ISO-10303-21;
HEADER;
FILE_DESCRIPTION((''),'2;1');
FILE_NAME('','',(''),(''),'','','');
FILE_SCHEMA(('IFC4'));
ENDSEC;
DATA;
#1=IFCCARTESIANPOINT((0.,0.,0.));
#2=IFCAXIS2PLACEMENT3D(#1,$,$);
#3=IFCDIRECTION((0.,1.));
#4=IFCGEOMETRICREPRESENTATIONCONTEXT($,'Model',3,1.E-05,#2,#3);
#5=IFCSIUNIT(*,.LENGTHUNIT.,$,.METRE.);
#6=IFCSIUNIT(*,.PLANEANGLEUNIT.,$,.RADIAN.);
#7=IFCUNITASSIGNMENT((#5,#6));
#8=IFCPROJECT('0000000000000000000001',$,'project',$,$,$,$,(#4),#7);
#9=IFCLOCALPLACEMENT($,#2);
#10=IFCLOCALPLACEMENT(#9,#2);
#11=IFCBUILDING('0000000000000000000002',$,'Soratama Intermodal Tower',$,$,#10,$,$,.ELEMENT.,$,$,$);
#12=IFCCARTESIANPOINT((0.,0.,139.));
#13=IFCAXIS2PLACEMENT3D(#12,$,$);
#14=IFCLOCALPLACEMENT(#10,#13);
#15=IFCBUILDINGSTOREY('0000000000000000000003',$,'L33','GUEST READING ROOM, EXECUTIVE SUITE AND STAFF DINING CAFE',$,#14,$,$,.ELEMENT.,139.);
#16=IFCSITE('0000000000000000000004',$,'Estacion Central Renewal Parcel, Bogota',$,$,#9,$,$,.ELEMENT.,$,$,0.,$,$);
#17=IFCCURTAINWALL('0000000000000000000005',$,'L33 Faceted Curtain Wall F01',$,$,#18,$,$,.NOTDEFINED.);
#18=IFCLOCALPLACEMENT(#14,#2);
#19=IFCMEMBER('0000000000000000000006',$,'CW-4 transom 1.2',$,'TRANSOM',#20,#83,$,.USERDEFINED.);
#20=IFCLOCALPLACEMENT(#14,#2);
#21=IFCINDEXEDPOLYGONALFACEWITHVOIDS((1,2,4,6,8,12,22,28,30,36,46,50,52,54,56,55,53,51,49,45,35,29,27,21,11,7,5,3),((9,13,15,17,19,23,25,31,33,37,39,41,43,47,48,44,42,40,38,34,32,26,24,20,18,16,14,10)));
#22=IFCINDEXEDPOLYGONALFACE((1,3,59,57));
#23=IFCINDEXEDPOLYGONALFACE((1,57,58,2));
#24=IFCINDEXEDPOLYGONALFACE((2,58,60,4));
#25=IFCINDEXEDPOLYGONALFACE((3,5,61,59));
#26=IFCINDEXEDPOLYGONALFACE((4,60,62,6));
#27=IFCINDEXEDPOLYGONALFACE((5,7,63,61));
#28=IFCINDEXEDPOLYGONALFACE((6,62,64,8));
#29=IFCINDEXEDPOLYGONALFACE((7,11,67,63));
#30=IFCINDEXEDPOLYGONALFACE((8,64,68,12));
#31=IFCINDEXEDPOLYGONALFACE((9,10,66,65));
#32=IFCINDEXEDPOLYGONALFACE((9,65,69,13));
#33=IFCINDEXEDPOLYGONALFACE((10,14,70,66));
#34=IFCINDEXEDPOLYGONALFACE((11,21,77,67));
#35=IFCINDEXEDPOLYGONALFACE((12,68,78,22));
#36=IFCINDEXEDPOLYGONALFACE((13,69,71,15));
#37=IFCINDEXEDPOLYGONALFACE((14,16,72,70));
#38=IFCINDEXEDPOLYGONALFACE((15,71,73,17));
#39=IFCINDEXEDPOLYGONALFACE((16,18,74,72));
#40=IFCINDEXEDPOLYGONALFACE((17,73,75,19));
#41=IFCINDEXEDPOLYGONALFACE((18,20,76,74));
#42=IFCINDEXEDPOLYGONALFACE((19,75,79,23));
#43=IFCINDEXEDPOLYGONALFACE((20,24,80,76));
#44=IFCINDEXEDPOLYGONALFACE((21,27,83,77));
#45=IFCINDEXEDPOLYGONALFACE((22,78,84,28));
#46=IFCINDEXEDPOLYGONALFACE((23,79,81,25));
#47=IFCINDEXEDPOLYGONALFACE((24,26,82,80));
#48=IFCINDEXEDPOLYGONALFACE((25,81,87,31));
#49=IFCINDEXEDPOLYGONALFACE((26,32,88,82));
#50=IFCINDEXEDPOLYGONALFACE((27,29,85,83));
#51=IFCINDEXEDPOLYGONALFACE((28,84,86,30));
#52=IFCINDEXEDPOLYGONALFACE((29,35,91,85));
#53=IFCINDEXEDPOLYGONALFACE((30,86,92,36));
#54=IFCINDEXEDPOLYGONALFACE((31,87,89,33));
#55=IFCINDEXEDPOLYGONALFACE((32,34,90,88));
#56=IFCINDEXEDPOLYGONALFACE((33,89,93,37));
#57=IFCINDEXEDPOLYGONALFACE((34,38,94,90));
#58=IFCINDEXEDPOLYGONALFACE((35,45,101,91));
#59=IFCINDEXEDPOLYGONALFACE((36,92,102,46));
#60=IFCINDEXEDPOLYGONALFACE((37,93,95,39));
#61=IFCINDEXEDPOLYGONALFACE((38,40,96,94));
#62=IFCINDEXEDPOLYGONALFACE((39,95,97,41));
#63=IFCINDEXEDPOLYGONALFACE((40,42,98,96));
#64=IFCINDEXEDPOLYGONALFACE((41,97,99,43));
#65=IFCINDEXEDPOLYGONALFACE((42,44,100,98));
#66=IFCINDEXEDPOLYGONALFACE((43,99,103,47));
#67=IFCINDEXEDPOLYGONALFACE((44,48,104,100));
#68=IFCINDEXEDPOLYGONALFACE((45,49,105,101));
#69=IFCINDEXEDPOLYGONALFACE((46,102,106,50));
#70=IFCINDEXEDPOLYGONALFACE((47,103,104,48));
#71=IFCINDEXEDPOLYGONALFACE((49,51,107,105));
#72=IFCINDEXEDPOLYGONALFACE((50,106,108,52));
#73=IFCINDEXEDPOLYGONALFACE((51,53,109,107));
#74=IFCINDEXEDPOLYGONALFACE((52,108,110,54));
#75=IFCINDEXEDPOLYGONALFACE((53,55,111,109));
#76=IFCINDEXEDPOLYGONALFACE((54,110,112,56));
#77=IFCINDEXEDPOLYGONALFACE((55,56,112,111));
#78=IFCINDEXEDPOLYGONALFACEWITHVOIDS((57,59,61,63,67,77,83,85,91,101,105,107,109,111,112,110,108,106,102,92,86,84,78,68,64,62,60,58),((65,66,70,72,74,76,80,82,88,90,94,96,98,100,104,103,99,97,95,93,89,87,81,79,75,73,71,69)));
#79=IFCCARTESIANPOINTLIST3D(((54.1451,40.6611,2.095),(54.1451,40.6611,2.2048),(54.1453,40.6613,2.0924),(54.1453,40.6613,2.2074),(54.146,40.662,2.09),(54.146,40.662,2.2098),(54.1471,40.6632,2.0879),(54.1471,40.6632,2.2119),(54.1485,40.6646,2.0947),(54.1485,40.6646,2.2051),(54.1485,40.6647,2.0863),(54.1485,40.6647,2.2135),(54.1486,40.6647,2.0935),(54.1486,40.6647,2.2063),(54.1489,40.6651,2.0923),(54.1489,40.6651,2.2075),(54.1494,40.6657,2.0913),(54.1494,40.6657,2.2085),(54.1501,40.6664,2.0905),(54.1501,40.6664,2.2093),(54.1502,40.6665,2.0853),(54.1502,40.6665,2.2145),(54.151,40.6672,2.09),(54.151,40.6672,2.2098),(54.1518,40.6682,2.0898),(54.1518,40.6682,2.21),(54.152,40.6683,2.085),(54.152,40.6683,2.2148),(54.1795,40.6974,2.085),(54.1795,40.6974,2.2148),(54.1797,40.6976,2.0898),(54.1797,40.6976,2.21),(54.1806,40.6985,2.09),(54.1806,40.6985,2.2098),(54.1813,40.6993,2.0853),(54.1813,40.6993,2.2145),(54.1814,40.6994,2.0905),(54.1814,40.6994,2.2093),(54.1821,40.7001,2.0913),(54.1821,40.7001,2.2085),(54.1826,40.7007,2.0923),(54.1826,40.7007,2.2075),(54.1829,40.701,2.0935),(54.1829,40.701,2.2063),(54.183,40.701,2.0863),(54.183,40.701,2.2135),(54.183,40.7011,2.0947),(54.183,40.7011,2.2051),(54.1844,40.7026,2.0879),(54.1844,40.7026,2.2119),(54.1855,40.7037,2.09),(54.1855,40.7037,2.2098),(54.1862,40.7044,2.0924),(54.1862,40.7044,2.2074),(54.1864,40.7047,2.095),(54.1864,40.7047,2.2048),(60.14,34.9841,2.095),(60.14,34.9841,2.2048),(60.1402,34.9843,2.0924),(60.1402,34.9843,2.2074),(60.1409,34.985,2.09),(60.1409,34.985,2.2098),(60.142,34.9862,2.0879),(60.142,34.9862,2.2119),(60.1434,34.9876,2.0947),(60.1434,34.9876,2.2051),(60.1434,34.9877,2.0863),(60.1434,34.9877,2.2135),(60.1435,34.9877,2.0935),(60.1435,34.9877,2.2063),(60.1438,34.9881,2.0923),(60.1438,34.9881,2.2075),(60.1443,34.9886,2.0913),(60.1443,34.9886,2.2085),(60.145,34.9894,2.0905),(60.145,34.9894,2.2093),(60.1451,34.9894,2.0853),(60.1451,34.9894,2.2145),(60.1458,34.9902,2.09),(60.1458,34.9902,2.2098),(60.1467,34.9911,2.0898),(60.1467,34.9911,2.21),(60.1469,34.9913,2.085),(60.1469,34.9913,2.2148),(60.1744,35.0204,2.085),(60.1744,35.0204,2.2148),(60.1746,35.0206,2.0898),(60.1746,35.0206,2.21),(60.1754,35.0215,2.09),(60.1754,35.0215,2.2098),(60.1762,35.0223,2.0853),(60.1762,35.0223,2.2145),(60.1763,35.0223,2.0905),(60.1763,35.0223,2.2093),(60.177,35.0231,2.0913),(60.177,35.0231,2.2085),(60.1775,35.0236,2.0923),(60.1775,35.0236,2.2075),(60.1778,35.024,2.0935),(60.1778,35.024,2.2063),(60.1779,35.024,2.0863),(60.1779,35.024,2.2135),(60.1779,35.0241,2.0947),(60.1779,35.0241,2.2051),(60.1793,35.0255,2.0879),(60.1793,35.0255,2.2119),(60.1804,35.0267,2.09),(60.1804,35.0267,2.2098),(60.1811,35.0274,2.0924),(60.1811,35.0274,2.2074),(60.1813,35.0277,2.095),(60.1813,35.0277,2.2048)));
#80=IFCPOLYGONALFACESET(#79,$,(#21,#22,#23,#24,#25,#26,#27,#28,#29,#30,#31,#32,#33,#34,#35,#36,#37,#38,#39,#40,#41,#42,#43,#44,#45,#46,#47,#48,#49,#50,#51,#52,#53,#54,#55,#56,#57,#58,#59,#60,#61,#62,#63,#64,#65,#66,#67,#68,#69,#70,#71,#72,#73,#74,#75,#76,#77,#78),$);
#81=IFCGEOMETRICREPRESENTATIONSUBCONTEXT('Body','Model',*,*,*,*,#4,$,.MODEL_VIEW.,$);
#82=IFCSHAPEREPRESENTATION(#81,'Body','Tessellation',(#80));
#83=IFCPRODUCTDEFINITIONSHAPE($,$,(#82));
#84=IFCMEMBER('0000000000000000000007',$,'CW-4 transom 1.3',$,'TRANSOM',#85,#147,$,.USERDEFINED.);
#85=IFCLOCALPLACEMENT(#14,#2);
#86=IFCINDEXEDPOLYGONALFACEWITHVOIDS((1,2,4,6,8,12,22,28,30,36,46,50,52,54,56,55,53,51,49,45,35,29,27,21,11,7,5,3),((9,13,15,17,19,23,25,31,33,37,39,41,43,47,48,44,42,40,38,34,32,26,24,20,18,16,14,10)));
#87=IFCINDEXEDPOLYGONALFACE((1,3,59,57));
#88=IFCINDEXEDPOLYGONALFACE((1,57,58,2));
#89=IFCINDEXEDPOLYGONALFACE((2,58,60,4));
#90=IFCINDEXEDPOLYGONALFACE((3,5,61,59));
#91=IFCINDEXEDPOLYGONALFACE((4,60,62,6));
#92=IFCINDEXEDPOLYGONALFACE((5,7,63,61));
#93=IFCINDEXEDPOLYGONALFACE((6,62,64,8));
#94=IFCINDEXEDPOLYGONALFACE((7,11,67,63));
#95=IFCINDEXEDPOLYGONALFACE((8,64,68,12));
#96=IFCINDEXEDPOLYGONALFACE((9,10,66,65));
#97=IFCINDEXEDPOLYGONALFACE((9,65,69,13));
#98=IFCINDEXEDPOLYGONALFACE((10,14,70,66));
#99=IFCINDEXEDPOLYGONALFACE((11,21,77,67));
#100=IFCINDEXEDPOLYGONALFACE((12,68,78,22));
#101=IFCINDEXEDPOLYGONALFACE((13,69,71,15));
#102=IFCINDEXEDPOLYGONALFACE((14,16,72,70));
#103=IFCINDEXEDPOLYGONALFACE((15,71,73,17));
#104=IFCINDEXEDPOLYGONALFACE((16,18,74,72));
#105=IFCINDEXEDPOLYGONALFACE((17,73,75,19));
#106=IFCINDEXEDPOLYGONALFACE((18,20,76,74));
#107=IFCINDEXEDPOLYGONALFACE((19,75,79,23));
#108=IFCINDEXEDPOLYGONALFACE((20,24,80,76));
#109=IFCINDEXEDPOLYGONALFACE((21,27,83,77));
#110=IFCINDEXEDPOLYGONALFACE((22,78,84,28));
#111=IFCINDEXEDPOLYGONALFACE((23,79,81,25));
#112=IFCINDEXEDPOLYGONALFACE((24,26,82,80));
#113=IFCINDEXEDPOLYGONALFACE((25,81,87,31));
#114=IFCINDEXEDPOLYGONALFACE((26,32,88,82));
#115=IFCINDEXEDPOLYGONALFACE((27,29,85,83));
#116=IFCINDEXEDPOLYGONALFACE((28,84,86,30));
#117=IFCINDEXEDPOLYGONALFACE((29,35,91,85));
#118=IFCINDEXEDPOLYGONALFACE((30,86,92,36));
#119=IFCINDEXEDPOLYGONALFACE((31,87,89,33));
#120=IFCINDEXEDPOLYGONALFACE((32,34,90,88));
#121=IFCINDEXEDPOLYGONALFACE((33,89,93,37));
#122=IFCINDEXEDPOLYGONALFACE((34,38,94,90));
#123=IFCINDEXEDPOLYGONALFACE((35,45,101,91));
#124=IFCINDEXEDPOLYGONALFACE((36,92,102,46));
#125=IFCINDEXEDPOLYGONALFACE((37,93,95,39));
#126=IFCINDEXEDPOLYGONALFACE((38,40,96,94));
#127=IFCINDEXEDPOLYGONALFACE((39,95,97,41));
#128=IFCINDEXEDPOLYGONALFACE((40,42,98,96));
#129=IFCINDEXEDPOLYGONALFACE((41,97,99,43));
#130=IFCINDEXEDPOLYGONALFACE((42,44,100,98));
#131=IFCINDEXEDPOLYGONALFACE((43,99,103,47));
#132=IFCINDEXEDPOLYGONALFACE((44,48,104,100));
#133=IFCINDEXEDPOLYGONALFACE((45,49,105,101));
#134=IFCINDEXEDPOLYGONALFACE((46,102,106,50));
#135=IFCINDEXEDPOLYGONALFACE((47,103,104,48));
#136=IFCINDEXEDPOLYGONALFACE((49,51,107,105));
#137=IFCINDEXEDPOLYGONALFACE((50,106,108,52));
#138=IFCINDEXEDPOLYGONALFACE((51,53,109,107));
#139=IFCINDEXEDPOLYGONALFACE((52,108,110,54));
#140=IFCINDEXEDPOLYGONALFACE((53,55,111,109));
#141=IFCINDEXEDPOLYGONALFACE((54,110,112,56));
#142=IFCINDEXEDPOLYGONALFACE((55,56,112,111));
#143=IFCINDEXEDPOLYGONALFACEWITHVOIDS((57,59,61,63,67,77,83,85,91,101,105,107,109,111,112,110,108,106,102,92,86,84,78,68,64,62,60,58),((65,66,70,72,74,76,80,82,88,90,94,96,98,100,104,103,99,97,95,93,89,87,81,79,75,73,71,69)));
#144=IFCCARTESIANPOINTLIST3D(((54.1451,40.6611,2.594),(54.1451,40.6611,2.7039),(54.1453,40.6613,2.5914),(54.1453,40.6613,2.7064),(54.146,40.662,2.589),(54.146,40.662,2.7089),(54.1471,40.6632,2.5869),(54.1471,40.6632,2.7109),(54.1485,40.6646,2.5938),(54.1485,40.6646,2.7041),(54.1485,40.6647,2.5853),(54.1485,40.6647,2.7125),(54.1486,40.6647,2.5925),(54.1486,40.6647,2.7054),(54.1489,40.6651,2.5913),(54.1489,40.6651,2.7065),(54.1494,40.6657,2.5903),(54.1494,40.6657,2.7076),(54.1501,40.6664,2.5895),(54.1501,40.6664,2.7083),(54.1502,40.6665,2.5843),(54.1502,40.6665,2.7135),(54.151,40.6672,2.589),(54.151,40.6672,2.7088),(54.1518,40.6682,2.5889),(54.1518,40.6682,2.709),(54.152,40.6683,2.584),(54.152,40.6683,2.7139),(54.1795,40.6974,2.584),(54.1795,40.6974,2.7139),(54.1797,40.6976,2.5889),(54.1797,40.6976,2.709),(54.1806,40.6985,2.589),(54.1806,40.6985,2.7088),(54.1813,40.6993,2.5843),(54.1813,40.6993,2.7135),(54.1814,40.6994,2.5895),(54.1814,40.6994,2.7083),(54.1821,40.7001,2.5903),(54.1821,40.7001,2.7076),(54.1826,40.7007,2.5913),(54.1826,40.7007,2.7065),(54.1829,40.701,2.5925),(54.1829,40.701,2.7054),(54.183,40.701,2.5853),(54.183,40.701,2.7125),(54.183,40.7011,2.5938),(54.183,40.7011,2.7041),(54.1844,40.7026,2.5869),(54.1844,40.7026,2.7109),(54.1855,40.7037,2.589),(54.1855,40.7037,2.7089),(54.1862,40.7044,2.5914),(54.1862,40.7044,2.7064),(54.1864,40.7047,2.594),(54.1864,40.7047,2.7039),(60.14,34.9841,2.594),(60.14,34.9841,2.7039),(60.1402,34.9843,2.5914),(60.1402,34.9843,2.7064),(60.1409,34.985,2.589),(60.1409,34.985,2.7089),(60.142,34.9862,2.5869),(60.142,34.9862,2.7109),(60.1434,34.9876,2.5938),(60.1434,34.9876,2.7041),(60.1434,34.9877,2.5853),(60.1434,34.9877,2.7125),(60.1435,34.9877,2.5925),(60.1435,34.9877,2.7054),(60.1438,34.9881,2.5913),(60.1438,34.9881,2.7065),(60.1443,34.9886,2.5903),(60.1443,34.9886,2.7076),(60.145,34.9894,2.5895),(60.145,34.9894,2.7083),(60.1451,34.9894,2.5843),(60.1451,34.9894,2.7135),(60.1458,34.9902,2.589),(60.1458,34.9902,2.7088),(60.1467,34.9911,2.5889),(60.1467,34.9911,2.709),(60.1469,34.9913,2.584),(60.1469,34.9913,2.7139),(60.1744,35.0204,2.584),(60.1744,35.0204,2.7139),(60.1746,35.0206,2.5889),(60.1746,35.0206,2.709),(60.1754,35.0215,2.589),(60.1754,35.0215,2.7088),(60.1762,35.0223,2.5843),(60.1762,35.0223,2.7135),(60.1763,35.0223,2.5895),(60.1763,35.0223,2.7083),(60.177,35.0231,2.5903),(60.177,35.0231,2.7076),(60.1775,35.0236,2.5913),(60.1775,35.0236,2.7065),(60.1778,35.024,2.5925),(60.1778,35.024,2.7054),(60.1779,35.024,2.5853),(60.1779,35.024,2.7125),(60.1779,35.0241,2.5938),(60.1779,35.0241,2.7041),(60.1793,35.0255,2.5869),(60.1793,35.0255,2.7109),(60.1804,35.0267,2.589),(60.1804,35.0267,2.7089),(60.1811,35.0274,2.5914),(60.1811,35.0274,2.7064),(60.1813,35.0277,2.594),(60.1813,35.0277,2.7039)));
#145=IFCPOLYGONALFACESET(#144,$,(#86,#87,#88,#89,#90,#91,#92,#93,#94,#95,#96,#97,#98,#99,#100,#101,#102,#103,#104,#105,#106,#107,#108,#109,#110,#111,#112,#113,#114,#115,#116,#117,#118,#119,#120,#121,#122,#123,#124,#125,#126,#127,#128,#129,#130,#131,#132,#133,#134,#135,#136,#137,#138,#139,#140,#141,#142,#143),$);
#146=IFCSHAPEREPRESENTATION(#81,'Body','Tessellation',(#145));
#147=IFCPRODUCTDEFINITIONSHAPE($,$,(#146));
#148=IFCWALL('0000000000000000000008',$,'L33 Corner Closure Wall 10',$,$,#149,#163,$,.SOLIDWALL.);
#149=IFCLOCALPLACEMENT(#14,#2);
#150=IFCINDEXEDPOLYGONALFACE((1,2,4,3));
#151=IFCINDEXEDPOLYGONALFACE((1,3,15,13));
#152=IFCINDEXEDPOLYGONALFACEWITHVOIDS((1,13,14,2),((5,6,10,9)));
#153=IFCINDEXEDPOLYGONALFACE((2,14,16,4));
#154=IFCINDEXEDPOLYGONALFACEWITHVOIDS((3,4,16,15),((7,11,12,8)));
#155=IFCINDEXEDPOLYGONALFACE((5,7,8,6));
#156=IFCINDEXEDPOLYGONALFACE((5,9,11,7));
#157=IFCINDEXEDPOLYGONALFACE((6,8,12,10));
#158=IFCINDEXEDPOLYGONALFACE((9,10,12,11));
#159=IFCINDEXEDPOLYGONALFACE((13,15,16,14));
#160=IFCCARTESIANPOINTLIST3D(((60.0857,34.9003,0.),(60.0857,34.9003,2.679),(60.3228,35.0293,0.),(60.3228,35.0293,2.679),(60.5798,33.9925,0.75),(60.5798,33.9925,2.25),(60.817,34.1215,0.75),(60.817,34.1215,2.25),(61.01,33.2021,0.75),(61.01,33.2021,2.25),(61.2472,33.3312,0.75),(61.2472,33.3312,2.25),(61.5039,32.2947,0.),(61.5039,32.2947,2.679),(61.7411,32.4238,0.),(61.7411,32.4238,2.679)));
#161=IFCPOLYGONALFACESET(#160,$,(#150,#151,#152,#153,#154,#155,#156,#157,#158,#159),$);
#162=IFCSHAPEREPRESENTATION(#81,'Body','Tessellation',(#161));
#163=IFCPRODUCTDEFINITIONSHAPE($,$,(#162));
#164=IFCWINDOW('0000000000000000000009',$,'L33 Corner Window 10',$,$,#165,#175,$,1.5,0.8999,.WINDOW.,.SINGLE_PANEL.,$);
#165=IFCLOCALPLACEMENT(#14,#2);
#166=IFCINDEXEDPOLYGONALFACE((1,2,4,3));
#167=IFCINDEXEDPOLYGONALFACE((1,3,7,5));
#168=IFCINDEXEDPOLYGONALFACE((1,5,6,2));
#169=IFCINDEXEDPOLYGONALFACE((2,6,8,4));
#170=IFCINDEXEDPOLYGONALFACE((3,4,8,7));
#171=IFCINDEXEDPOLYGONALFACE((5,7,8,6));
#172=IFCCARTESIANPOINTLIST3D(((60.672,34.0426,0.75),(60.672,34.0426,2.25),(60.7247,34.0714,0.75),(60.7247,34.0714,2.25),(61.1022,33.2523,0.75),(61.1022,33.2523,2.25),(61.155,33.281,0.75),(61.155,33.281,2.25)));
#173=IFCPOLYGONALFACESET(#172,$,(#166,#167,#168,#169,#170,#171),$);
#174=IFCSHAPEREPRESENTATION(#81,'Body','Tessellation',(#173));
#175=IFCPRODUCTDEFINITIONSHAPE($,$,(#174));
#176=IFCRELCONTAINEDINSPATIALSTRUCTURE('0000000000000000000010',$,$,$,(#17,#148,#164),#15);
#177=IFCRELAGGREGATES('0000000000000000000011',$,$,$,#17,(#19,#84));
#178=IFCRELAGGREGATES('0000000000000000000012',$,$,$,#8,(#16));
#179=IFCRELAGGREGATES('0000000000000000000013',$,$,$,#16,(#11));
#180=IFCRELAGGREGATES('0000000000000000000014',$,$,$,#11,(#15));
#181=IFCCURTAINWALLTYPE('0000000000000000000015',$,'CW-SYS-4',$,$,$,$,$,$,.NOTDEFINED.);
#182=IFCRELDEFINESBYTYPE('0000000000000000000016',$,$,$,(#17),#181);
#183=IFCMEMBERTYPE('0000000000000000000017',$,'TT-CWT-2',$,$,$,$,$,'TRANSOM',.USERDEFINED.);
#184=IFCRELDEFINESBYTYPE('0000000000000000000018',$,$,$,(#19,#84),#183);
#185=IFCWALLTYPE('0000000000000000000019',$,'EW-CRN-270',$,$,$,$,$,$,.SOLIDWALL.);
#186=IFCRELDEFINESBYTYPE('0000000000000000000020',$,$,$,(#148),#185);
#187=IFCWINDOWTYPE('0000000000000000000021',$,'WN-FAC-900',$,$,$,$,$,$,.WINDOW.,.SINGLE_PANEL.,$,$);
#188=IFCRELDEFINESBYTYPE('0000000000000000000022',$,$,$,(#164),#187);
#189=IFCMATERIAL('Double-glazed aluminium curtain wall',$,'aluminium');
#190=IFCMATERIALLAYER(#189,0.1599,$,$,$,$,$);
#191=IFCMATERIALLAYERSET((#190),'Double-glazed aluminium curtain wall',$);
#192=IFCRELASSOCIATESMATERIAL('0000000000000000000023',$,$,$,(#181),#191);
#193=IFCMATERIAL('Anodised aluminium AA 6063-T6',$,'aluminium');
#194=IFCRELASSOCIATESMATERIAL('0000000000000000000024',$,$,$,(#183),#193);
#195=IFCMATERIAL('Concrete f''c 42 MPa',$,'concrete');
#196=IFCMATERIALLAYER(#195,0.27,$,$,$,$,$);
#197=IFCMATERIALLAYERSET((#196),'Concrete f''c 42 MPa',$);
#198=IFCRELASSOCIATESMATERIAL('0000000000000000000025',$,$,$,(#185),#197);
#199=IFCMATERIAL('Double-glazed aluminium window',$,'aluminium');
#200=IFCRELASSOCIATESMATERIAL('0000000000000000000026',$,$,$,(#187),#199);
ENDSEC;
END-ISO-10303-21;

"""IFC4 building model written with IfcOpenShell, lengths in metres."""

from ifc_helpers import new_model, si_unit, direction, frame, frame_2d, origin, origin_2d, place, context, subcontext, project, spatial, rectangle, hollow_rectangle, extrude, material, layer, layer_set, material_profile, profile_set, type_object, element, fill, aggregate, save


model = new_model("IFC4")

# Units and contexts
model_context = context("Model", 3, precision=1e-05, world=origin(), true_north=direction((0.0, 1.0)))
body_context = subcontext(model_context, "Body", "Model", "MODEL_VIEW")
ifc_project = project(units=[si_unit("LENGTHUNIT", "METRE"), si_unit("PLANEANGLEUNIT", "RADIAN")], contexts=[model_context])

# Site, building, storey
site_placement = place(None, origin())
site = spatial("IfcSite", under=ifc_project, at=site_placement, Name="Estacion Central Renewal Parcel, Bogota", CompositionType="ELEMENT", RefElevation=0.0)
building_placement = place(site_placement, origin())
building = spatial("IfcBuilding", under=site, at=building_placement, Name="Soratama Intermodal Tower", CompositionType="ELEMENT")
storey_placement = place(building_placement, frame((0.0, 0.0, 139.0)))
storey = spatial("IfcBuildingStorey", under=building, at=storey_placement, Name="L33", Description="GUEST READING ROOM, EXECUTIVE SUITE AND STAFF DINING CAFE", CompositionType="ELEMENT", Elevation=139.0)

# Curtain wall, members
ifc_material_1 = material(Name="Double-glazed aluminium curtain wall", Category="aluminium")
ifc_layer_1 = layer(ifc_material_1, 0.1599)
ifc_layer_set_1 = layer_set([ifc_layer_1], Name="Double-glazed aluminium curtain wall")
curtain_wall_type = type_object("IfcCurtainWallType", Name="CW-SYS-4", PredefinedType="NOTDEFINED", material=ifc_layer_set_1)
curtain_wall_placement = place(storey_placement, origin())
curtain_wall = element("IfcCurtainWall", 1, at=curtain_wall_placement, inside=storey, type_object=curtain_wall_type, Name="L33 Faceted Curtain Wall F01", PredefinedType="NOTDEFINED")
ifc_material_2 = material(Name="Anodised aluminium AA 6063-T6", Category="aluminium")
ifc_material_profile_1 = material_profile(ifc_material_2, hollow_rectangle(XDim=0.0601, YDim=0.1299, WallThickness=0.0049, InnerFilletRadius=0.0049, OuterFilletRadius=0.01, at=origin_2d()), Name="CWT130X60X5")
ifc_profile_set_1 = profile_set([ifc_material_profile_1], Name="Anodised aluminium AA 6063-T6")
member_type_1 = type_object("IfcMemberType", Name="TT-CWT-2", ElementType="TRANSOM", PredefinedType="USERDEFINED", material=ifc_profile_set_1)
member_1_placement = place(storey_placement, frame((60.1606, 35.0059, 2.1499), z_axis=(-0.726095, 0.687595, 0.0), x_axis=(-0.687595, -0.726095, 0.0)))
member_1 = element("IfcMember", 2, at=member_1_placement, type_object=member_type_1, Name="CW-4 transom 1.2", ObjectType="TRANSOM", PredefinedType="USERDEFINED", context=body_context, shape_type="SweptSolid", body=[
    extrude(hollow_rectangle(XDim=0.0601, YDim=0.1299, WallThickness=0.0049, InnerFilletRadius=0.0049, OuterFilletRadius=0.01, at=origin_2d()), origin(), (0.0, 0.0, 1.0), 8.2563),
])
member_2_placement = place(storey_placement, frame((60.1606, 35.0059, 2.6489), z_axis=(-0.726095, 0.687595, 0.0), x_axis=(-0.687595, -0.726095, 0.0)))
member_2 = element("IfcMember", 3, at=member_2_placement, type_object=member_type_1, Name="CW-4 transom 1.3", ObjectType="TRANSOM", PredefinedType="USERDEFINED", context=body_context, shape_type="SweptSolid", body=[
    extrude(hollow_rectangle(XDim=0.0601, YDim=0.1299, WallThickness=0.0049, InnerFilletRadius=0.0049, OuterFilletRadius=0.01, at=origin_2d()), origin(), (0.0, 0.0, 1.0), 8.2563),
])
aggregate(curtain_wall, [member_1, member_2])

# Wall, opening, window
ifc_material_3 = material(Name="Concrete f'c 42 MPa", Category="concrete")
ifc_layer_2 = layer(ifc_material_3, 0.27)
ifc_layer_set_2 = layer_set([ifc_layer_2], Name="Concrete f'c 42 MPa")
wall_type_1 = type_object("IfcWallType", Name="EW-CRN-270", PredefinedType="SOLIDWALL", material=ifc_layer_set_2)
wall_1_placement = place(storey_placement, frame((61.6226, 32.3591, 0.0), z_axis=(0.0, 0.0, 1.0), x_axis=(-0.478085, 0.878314, 0.0)))
wall_1 = element("IfcWall", 4, at=wall_1_placement, inside=storey, type_object=wall_type_1, Name="L33 Corner Closure Wall 10", PredefinedType="SOLIDWALL", context=body_context, shape_type="SweptSolid", body=[
    extrude(rectangle(XDim=2.9666, YDim=0.27, at=frame_2d((1.4834, 0.0))), origin(), (0.0, 0.0, 1.0), 2.679),
])
opening_1_placement = place(wall_1_placement, frame((1.0332, 0.0, 0.75)))
opening_1 = element("IfcOpeningElement", 5, at=opening_1_placement, cuts=wall_1, PredefinedType="OPENING", context=body_context, shape_type="SweptSolid", body=[
    extrude(rectangle(XDim=0.8999, YDim=1.5, at=frame_2d((0.45, 0.75))), frame((0.0, 0.145, 0.0), z_axis=(0.0, -1.0, 0.0), x_axis=(1.0, 0.0, 0.0)), (0.0, 0.0, 1.0), 0.29),
])
ifc_material_4 = material(Name="Double-glazed aluminium window", Category="aluminium")
window_type = type_object("IfcWindowType", Name="WN-FAC-900", PartitioningType="SINGLE_PANEL", PredefinedType="WINDOW", material=ifc_material_4)
window_placement = place(opening_1_placement, origin())
window = element("IfcWindow", 6, at=window_placement, inside=storey, type_object=window_type, Name="L33 Corner Window 10", OverallHeight=1.5, OverallWidth=0.8999, PartitioningType="SINGLE_PANEL", PredefinedType="WINDOW", context=body_context, shape_type="SweptSolid", body=[
    extrude(rectangle(XDim=0.8999, YDim=1.5, at=frame_2d((0.45, 0.75))), frame((0.0, 0.03, 0.0), z_axis=(0.0, -1.0, 0.0), x_axis=(1.0, 0.0, 0.0)), (0.0, 0.0, 1.0), 0.0601),
])
fill(opening_1, window)

save(model, "model.ifc")
